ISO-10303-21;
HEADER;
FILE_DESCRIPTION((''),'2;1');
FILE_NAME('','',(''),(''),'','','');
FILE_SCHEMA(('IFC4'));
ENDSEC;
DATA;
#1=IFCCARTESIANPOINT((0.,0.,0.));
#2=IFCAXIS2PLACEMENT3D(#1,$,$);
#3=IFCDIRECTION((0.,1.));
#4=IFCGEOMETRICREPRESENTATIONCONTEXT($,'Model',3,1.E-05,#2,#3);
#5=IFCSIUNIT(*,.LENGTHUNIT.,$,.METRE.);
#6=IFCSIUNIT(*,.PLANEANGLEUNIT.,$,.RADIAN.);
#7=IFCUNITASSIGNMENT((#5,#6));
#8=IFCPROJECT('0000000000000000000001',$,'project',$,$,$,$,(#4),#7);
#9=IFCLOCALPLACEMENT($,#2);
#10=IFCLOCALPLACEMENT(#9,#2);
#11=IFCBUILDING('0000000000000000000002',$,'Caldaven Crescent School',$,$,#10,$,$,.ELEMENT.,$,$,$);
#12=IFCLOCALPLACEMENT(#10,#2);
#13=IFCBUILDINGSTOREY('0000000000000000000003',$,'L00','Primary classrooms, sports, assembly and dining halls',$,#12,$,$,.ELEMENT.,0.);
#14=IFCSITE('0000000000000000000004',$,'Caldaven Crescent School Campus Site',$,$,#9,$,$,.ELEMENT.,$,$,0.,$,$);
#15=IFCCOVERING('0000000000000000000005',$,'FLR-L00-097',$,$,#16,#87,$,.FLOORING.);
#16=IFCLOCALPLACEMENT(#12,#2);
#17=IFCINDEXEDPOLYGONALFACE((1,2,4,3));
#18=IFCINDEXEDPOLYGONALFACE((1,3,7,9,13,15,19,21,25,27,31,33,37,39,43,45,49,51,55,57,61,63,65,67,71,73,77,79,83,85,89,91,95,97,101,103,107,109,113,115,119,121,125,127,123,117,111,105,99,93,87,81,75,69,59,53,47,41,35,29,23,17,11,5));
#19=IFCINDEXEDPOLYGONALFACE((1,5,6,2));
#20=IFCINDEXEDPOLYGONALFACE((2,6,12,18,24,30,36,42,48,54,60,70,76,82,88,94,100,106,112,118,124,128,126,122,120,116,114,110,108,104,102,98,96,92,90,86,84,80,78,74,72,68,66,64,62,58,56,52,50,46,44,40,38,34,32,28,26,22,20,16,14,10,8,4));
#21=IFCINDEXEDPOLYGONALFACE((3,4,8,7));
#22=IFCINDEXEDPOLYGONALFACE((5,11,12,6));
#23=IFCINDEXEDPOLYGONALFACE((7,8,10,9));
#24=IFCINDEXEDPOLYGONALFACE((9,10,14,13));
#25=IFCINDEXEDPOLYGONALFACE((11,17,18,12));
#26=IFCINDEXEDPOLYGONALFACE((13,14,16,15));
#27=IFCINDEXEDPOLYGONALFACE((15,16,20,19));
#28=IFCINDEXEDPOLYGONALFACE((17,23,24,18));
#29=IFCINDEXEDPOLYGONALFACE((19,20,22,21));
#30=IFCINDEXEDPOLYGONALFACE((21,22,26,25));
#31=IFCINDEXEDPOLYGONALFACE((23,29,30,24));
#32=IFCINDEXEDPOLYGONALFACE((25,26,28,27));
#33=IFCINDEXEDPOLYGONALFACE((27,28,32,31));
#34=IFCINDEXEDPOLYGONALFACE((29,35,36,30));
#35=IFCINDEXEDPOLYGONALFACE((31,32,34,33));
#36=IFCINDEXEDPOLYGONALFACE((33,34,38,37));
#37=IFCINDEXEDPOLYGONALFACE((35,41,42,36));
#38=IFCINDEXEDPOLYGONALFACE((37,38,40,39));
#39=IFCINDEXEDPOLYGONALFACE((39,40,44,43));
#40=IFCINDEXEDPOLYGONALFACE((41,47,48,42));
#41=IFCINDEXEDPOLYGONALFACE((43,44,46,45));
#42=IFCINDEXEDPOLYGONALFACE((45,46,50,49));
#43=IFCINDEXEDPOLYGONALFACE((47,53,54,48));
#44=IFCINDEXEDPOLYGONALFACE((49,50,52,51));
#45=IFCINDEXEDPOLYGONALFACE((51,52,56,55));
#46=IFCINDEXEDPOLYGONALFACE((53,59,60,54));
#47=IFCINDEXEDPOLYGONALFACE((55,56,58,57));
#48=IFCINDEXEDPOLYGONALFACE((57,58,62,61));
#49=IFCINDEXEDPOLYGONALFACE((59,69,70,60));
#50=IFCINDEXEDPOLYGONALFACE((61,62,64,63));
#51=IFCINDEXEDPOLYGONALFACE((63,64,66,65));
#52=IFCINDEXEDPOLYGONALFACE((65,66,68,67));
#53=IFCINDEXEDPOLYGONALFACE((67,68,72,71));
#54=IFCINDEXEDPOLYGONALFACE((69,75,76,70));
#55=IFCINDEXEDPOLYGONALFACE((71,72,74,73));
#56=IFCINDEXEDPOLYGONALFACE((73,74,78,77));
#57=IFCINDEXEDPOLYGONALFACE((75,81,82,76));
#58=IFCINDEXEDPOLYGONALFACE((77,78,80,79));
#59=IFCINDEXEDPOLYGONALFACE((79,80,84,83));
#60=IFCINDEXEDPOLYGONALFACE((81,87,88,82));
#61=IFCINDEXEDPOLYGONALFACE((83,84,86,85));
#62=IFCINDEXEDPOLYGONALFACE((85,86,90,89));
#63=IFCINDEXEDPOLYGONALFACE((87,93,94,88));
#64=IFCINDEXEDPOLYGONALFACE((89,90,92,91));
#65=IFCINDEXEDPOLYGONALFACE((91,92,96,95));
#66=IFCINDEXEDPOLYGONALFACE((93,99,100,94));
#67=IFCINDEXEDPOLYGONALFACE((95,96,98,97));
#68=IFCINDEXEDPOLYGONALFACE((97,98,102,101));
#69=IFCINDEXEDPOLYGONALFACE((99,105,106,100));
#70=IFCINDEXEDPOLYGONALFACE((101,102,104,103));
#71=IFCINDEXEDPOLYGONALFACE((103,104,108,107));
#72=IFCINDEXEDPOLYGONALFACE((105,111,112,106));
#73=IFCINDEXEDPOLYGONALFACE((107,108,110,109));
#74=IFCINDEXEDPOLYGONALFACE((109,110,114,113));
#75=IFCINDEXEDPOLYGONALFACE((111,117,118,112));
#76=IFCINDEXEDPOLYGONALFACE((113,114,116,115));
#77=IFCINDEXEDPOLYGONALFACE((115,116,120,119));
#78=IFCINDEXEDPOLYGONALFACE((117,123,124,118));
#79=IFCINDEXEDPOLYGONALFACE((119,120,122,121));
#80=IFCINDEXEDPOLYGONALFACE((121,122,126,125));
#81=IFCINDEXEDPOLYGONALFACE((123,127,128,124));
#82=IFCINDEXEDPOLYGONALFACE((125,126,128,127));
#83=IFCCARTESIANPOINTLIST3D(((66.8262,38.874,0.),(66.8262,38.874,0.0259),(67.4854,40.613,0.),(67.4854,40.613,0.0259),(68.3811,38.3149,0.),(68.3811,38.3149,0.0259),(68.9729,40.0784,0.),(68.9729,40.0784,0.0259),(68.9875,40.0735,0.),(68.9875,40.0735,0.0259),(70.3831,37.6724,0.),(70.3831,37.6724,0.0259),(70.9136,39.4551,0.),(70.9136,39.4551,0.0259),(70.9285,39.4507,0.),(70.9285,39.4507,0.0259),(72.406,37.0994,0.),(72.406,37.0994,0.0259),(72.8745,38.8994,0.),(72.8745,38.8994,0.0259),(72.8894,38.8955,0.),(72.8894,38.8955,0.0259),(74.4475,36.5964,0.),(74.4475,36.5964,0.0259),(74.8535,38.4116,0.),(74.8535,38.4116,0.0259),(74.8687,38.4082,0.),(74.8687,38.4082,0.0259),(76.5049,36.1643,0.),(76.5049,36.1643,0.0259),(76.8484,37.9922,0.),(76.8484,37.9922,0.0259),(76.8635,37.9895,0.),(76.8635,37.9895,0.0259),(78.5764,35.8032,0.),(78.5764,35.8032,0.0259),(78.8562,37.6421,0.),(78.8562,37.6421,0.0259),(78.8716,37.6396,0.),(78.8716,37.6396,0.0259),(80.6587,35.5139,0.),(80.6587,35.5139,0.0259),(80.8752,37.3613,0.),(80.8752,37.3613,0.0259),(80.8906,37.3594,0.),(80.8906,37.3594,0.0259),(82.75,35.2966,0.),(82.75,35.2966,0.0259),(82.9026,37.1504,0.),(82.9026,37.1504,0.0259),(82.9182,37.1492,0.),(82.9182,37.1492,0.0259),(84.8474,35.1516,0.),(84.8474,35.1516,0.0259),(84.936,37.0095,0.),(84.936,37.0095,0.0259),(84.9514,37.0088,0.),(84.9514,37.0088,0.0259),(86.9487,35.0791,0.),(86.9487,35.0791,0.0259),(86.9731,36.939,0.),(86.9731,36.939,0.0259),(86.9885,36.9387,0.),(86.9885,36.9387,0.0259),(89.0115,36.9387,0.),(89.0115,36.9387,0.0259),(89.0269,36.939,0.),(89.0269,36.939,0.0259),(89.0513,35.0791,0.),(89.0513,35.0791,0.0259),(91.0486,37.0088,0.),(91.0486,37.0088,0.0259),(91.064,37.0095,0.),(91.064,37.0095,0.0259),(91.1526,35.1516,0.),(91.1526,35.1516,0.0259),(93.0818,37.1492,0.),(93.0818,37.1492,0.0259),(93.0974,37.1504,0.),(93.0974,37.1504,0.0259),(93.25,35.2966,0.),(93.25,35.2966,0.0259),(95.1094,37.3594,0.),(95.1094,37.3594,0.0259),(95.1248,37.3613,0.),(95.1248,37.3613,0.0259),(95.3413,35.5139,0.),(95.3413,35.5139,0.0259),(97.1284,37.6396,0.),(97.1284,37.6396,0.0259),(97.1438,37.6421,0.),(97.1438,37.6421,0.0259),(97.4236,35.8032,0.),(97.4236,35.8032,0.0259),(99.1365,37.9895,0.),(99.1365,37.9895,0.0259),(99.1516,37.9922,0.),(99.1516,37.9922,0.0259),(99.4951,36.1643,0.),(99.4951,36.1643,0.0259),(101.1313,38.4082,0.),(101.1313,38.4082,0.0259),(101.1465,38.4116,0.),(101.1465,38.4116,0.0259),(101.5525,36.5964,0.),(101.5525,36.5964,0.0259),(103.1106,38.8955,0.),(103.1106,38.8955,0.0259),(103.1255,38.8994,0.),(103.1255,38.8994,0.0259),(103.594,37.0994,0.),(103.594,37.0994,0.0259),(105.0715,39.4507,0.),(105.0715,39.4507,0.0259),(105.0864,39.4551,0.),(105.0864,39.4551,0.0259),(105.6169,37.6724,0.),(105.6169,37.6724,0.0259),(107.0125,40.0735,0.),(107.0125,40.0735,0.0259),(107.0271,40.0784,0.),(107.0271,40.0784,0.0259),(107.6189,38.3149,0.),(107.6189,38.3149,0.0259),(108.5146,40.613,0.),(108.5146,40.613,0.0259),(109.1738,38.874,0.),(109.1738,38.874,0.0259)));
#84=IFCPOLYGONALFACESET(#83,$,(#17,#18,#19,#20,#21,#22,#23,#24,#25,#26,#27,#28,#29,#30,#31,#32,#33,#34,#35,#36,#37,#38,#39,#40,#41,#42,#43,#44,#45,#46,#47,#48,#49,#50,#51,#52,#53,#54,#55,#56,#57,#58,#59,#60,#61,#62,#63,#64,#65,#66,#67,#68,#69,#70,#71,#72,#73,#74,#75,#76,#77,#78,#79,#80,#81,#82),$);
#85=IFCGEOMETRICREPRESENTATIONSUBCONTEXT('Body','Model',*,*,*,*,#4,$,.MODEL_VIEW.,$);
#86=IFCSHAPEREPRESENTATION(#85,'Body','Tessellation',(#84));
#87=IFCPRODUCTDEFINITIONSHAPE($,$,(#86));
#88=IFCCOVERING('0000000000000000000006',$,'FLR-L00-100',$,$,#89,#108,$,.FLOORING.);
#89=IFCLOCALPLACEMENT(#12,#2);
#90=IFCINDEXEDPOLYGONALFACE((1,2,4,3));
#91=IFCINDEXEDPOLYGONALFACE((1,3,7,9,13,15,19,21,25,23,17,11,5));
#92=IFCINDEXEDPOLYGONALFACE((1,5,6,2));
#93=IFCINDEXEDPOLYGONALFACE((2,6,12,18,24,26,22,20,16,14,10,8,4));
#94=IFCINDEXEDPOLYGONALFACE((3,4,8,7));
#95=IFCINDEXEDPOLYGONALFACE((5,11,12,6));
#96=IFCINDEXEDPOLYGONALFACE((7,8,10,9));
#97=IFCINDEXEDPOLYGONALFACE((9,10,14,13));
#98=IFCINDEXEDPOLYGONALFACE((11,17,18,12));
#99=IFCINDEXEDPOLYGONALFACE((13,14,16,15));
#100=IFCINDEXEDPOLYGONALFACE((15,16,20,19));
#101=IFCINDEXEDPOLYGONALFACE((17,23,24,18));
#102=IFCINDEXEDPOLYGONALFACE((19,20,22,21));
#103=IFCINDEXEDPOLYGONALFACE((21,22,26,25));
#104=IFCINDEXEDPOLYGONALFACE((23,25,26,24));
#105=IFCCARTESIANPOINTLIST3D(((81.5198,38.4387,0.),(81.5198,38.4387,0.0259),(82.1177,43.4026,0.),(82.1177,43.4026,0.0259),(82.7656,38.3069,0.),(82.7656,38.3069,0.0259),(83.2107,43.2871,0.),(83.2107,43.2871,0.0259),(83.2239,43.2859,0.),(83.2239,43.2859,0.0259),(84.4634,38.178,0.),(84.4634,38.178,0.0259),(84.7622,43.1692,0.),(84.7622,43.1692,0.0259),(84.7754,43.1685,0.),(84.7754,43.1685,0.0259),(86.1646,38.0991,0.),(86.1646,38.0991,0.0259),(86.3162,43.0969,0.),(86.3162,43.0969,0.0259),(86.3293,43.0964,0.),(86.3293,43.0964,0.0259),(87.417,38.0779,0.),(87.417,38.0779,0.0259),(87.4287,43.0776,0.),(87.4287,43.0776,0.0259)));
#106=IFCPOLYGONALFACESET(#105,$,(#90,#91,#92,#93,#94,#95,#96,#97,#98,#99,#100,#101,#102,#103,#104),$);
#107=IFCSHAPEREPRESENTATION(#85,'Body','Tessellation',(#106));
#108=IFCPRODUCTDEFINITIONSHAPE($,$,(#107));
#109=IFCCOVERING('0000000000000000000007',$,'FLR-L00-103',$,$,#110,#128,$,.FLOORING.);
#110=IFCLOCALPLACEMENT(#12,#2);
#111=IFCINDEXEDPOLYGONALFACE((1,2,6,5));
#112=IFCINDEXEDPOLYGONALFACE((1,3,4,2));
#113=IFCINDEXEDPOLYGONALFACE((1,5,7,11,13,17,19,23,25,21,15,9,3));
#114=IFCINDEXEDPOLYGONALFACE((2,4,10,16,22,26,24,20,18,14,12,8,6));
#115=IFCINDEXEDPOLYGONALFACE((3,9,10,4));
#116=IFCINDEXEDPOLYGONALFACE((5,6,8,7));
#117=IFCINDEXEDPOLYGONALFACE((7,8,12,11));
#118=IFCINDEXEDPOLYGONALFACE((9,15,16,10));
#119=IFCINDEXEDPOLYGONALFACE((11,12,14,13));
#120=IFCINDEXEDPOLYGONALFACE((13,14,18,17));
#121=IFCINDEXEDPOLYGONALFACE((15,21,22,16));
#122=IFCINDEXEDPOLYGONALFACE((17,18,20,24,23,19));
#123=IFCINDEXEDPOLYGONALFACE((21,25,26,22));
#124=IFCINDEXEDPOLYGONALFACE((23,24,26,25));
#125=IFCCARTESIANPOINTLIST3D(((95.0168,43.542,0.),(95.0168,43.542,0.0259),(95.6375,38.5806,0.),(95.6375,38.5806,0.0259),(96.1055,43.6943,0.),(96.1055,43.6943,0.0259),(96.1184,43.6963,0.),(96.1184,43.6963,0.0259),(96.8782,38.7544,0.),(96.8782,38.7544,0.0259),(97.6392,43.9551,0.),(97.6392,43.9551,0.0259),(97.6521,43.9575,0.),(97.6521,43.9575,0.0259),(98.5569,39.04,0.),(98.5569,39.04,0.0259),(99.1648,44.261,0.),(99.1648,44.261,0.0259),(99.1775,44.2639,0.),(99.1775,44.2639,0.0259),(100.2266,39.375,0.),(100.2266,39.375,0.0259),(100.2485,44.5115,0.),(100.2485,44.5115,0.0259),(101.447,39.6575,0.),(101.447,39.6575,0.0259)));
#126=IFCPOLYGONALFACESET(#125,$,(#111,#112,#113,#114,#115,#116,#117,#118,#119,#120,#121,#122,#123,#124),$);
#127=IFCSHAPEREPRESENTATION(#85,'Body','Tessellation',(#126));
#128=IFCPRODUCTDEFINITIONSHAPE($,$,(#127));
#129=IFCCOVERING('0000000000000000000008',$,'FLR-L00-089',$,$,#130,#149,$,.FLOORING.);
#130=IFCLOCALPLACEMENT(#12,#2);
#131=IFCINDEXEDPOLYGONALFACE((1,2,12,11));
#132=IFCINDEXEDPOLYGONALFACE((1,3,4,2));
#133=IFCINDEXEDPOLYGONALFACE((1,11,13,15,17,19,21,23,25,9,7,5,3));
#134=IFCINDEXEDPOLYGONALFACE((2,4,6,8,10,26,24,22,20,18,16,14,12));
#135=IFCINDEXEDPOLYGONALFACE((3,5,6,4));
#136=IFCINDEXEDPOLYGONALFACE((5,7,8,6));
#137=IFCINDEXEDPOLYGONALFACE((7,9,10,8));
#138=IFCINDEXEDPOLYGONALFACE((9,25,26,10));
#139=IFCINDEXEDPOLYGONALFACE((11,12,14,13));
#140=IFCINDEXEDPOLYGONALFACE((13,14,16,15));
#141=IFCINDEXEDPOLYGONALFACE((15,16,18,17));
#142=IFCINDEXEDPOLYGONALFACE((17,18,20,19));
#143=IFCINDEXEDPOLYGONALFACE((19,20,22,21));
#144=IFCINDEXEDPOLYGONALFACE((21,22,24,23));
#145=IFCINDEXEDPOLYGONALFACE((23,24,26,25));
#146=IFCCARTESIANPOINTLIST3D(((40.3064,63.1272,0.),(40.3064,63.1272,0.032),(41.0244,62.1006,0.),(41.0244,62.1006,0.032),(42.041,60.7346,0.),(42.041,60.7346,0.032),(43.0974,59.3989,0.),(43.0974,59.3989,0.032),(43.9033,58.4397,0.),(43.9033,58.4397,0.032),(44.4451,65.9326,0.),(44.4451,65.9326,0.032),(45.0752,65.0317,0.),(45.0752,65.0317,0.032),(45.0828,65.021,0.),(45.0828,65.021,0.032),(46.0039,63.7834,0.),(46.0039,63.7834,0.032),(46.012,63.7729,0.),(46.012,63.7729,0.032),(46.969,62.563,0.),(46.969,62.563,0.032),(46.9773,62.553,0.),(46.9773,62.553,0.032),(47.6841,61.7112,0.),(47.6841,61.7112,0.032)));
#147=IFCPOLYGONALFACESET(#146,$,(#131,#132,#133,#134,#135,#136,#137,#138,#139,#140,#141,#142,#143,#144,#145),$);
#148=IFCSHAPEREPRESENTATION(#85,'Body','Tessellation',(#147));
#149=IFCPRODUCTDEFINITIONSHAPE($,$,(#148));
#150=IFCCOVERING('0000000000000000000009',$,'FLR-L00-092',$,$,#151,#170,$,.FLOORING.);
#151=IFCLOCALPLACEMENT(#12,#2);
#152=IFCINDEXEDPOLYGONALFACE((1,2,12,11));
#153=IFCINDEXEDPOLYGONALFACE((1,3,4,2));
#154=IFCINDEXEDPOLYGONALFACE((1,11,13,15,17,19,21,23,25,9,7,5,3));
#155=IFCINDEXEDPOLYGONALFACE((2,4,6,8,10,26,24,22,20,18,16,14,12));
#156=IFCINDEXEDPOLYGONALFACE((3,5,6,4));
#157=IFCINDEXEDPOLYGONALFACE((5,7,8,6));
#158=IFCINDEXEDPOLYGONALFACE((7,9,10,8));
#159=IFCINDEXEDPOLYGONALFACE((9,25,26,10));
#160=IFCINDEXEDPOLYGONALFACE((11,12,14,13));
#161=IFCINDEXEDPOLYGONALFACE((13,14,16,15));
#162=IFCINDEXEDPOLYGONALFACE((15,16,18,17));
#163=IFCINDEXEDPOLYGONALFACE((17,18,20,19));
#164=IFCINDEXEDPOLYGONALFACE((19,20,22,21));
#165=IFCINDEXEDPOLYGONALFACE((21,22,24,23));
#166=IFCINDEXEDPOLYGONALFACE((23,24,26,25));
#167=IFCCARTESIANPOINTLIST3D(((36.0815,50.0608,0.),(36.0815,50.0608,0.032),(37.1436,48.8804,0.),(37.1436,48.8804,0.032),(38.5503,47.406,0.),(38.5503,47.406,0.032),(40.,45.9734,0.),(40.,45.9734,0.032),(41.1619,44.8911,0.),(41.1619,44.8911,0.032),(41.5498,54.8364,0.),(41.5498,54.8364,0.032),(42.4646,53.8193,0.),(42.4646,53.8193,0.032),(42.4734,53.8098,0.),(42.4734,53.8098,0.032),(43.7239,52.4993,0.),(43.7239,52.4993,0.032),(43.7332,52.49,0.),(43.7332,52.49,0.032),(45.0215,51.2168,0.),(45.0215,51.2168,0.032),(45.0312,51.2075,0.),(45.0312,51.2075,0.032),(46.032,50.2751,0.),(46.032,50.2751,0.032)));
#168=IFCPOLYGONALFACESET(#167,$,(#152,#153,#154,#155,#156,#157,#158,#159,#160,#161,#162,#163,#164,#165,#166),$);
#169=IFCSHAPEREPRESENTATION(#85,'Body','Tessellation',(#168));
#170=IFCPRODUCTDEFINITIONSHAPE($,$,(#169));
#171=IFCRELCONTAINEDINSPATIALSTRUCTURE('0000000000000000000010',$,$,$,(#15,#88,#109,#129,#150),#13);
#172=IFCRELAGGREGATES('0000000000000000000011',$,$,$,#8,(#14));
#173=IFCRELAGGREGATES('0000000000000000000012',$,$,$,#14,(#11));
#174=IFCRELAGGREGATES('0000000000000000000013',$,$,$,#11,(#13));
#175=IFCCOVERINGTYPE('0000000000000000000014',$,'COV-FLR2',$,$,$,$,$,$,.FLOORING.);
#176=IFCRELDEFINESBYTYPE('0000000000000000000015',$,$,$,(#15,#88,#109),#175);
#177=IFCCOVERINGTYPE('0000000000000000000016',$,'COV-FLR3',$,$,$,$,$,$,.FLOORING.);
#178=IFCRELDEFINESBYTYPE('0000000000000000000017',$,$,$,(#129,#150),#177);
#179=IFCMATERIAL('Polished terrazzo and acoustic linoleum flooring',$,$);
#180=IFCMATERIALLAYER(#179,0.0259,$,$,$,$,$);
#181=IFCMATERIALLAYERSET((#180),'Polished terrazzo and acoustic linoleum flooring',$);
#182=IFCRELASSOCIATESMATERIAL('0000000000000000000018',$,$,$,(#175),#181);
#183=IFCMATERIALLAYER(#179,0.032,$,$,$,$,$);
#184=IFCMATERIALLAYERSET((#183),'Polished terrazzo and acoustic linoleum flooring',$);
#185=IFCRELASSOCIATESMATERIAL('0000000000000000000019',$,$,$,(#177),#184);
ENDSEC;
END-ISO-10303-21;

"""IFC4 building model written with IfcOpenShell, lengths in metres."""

from ifc_helpers import new_model, si_unit, direction, origin, place, context, subcontext, project, spatial, polyline, outline, extrude, material, layer, layer_set, type_object, element, save


model = new_model("IFC4")

# Units and contexts
model_context = context("Model", 3, precision=1e-05, world=origin(), true_north=direction((0.0, 1.0)))
body_context = subcontext(model_context, "Body", "Model", "MODEL_VIEW")
ifc_project = project(units=[si_unit("LENGTHUNIT", "METRE"), si_unit("PLANEANGLEUNIT", "RADIAN")], contexts=[model_context])

# Site, building, storey
site_placement = place(None, origin())
site = spatial("IfcSite", under=ifc_project, at=site_placement, Name="Caldaven Crescent School Campus Site", CompositionType="ELEMENT", RefElevation=0.0)
building_placement = place(site_placement, origin())
building = spatial("IfcBuilding", under=site, at=building_placement, Name="Caldaven Crescent School", CompositionType="ELEMENT")
storey_placement = place(building_placement, origin())
storey = spatial("IfcBuildingStorey", under=building, at=storey_placement, Name="L00", Description="Primary classrooms, sports, assembly and dining halls", CompositionType="ELEMENT", Elevation=0.0)

# Coverings
ifc_material_1 = material(Name="Polished terrazzo and acoustic linoleum flooring")
ifc_layer_1 = layer(ifc_material_1, 0.0259)
ifc_layer_set_1 = layer_set([ifc_layer_1], Name="Polished terrazzo and acoustic linoleum flooring")
covering_type_1 = type_object("IfcCoveringType", Name="COV-FLR2", PredefinedType="FLOORING", material=ifc_layer_set_1)
covering_1_placement = place(storey_placement, origin())
element("IfcCovering", 1, at=covering_1_placement, inside=storey, type_object=covering_type_1, Name="FLR-L00-097", PredefinedType="FLOORING", context=body_context, shape_type="SweptSolid", body=[
    extrude(outline(polyline([(67.4854, 40.613), (68.9729, 40.0784), (68.9875, 40.0735), (70.9136, 39.4551), (70.9285, 39.4507), (72.8745, 38.8994), (72.8894, 38.8955), (74.8535, 38.4116), (74.8687, 38.4082), (76.8484, 37.9922), (76.8635, 37.9895), (78.8562, 37.6421), (78.8716, 37.6396), (80.8752, 37.3613), (80.8906, 37.3594), (82.9026, 37.1504), (82.9182, 37.1492), (84.936, 37.0095), (84.9514, 37.0088), (86.9731, 36.939), (86.9885, 36.9387), (89.0115, 36.9387), (89.0269, 36.939), (91.0486, 37.0088), (91.064, 37.0095), (93.0818, 37.1492), (93.0974, 37.1504), (95.1094, 37.3594), (95.1248, 37.3613), (97.1284, 37.6396), (97.1438, 37.6421), (99.1365, 37.9895), (99.1516, 37.9922), (101.1313, 38.4082), (101.1465, 38.4116), (103.1106, 38.8955), (103.1255, 38.8994), (105.0715, 39.4507), (105.0864, 39.4551), (107.0125, 40.0735), (107.0271, 40.0784), (108.5146, 40.613), (109.1738, 38.874), (107.6189, 38.3149), (105.6169, 37.6724), (103.594, 37.0994), (101.5525, 36.5964), (99.4951, 36.1643), (97.4236, 35.8032), (95.3413, 35.5139), (93.25, 35.2966), (91.1526, 35.1516), (89.0513, 35.0791), (86.9487, 35.0791), (84.8474, 35.1516), (82.75, 35.2966), (80.6587, 35.5139), (78.5764, 35.8032), (76.5049, 36.1643), (74.4475, 36.5964), (72.406, 37.0994), (70.3831, 37.6724), (68.3811, 38.3149), (66.8262, 38.874), (67.4854, 40.613)])), origin(), (0.0, 0.0, 1.0), 0.0259),
])
covering_2_placement = place(storey_placement, origin())
element("IfcCovering", 2, at=covering_2_placement, inside=storey, type_object=covering_type_1, Name="FLR-L00-100", PredefinedType="FLOORING", context=body_context, shape_type="SweptSolid", body=[
    extrude(outline(polyline([(82.1177, 43.4026), (83.2107, 43.2871), (83.2239, 43.2859), (84.7622, 43.1692), (84.7754, 43.1685), (86.3162, 43.0969), (86.3293, 43.0964), (87.4287, 43.0776), (87.417, 38.0779), (86.1646, 38.0991), (84.4634, 38.178), (82.7656, 38.3069), (81.5198, 38.4387), (82.1177, 43.4026)])), origin(), (0.0, 0.0, 1.0), 0.0259),
])
covering_3_placement = place(storey_placement, origin())
element("IfcCovering", 3, at=covering_3_placement, inside=storey, type_object=covering_type_1, Name="FLR-L00-103", PredefinedType="FLOORING", context=body_context, shape_type="SweptSolid", body=[
    extrude(outline(polyline([(95.0168, 43.542), (96.1055, 43.6943), (96.1184, 43.6963), (97.6392, 43.9551), (97.6521, 43.9575), (99.1648, 44.261), (99.1775, 44.2639), (100.2485, 44.5115), (101.447, 39.6575), (100.2266, 39.375), (98.5569, 39.04), (96.8782, 38.7544), (95.6375, 38.5806), (95.0168, 43.542)])), origin(), (0.0, 0.0, 1.0), 0.0259),
])
ifc_layer_2 = layer(ifc_material_1, 0.032)
ifc_layer_set_2 = layer_set([ifc_layer_2], Name="Polished terrazzo and acoustic linoleum flooring")
covering_type_2 = type_object("IfcCoveringType", Name="COV-FLR3", PredefinedType="FLOORING", material=ifc_layer_set_2)
covering_4_placement = place(storey_placement, origin())
element("IfcCovering", 4, at=covering_4_placement, inside=storey, type_object=covering_type_2, Name="FLR-L00-089", PredefinedType="FLOORING", context=body_context, shape_type="SweptSolid", body=[
    extrude(outline(polyline([(44.4451, 65.9326), (45.0752, 65.0317), (45.0828, 65.021), (46.0039, 63.7834), (46.012, 63.7729), (46.969, 62.563), (46.9773, 62.553), (47.6841, 61.7112), (43.9033, 58.4397), (43.0974, 59.3989), (42.041, 60.7346), (41.0244, 62.1006), (40.3064, 63.1272), (44.4451, 65.9326)])), origin(), (0.0, 0.0, 1.0), 0.032),
])
covering_5_placement = place(storey_placement, origin())
element("IfcCovering", 5, at=covering_5_placement, inside=storey, type_object=covering_type_2, Name="FLR-L00-092", PredefinedType="FLOORING", context=body_context, shape_type="SweptSolid", body=[
    extrude(outline(polyline([(41.5498, 54.8364), (42.4646, 53.8193), (42.4734, 53.8098), (43.7239, 52.4993), (43.7332, 52.49), (45.0215, 51.2168), (45.0312, 51.2075), (46.032, 50.2751), (41.1619, 44.8911), (40.0, 45.9734), (38.5503, 47.406), (37.1436, 48.8804), (36.0815, 50.0608), (41.5498, 54.8364)])), origin(), (0.0, 0.0, 1.0), 0.032),
])

save(model, "model.ifc")
